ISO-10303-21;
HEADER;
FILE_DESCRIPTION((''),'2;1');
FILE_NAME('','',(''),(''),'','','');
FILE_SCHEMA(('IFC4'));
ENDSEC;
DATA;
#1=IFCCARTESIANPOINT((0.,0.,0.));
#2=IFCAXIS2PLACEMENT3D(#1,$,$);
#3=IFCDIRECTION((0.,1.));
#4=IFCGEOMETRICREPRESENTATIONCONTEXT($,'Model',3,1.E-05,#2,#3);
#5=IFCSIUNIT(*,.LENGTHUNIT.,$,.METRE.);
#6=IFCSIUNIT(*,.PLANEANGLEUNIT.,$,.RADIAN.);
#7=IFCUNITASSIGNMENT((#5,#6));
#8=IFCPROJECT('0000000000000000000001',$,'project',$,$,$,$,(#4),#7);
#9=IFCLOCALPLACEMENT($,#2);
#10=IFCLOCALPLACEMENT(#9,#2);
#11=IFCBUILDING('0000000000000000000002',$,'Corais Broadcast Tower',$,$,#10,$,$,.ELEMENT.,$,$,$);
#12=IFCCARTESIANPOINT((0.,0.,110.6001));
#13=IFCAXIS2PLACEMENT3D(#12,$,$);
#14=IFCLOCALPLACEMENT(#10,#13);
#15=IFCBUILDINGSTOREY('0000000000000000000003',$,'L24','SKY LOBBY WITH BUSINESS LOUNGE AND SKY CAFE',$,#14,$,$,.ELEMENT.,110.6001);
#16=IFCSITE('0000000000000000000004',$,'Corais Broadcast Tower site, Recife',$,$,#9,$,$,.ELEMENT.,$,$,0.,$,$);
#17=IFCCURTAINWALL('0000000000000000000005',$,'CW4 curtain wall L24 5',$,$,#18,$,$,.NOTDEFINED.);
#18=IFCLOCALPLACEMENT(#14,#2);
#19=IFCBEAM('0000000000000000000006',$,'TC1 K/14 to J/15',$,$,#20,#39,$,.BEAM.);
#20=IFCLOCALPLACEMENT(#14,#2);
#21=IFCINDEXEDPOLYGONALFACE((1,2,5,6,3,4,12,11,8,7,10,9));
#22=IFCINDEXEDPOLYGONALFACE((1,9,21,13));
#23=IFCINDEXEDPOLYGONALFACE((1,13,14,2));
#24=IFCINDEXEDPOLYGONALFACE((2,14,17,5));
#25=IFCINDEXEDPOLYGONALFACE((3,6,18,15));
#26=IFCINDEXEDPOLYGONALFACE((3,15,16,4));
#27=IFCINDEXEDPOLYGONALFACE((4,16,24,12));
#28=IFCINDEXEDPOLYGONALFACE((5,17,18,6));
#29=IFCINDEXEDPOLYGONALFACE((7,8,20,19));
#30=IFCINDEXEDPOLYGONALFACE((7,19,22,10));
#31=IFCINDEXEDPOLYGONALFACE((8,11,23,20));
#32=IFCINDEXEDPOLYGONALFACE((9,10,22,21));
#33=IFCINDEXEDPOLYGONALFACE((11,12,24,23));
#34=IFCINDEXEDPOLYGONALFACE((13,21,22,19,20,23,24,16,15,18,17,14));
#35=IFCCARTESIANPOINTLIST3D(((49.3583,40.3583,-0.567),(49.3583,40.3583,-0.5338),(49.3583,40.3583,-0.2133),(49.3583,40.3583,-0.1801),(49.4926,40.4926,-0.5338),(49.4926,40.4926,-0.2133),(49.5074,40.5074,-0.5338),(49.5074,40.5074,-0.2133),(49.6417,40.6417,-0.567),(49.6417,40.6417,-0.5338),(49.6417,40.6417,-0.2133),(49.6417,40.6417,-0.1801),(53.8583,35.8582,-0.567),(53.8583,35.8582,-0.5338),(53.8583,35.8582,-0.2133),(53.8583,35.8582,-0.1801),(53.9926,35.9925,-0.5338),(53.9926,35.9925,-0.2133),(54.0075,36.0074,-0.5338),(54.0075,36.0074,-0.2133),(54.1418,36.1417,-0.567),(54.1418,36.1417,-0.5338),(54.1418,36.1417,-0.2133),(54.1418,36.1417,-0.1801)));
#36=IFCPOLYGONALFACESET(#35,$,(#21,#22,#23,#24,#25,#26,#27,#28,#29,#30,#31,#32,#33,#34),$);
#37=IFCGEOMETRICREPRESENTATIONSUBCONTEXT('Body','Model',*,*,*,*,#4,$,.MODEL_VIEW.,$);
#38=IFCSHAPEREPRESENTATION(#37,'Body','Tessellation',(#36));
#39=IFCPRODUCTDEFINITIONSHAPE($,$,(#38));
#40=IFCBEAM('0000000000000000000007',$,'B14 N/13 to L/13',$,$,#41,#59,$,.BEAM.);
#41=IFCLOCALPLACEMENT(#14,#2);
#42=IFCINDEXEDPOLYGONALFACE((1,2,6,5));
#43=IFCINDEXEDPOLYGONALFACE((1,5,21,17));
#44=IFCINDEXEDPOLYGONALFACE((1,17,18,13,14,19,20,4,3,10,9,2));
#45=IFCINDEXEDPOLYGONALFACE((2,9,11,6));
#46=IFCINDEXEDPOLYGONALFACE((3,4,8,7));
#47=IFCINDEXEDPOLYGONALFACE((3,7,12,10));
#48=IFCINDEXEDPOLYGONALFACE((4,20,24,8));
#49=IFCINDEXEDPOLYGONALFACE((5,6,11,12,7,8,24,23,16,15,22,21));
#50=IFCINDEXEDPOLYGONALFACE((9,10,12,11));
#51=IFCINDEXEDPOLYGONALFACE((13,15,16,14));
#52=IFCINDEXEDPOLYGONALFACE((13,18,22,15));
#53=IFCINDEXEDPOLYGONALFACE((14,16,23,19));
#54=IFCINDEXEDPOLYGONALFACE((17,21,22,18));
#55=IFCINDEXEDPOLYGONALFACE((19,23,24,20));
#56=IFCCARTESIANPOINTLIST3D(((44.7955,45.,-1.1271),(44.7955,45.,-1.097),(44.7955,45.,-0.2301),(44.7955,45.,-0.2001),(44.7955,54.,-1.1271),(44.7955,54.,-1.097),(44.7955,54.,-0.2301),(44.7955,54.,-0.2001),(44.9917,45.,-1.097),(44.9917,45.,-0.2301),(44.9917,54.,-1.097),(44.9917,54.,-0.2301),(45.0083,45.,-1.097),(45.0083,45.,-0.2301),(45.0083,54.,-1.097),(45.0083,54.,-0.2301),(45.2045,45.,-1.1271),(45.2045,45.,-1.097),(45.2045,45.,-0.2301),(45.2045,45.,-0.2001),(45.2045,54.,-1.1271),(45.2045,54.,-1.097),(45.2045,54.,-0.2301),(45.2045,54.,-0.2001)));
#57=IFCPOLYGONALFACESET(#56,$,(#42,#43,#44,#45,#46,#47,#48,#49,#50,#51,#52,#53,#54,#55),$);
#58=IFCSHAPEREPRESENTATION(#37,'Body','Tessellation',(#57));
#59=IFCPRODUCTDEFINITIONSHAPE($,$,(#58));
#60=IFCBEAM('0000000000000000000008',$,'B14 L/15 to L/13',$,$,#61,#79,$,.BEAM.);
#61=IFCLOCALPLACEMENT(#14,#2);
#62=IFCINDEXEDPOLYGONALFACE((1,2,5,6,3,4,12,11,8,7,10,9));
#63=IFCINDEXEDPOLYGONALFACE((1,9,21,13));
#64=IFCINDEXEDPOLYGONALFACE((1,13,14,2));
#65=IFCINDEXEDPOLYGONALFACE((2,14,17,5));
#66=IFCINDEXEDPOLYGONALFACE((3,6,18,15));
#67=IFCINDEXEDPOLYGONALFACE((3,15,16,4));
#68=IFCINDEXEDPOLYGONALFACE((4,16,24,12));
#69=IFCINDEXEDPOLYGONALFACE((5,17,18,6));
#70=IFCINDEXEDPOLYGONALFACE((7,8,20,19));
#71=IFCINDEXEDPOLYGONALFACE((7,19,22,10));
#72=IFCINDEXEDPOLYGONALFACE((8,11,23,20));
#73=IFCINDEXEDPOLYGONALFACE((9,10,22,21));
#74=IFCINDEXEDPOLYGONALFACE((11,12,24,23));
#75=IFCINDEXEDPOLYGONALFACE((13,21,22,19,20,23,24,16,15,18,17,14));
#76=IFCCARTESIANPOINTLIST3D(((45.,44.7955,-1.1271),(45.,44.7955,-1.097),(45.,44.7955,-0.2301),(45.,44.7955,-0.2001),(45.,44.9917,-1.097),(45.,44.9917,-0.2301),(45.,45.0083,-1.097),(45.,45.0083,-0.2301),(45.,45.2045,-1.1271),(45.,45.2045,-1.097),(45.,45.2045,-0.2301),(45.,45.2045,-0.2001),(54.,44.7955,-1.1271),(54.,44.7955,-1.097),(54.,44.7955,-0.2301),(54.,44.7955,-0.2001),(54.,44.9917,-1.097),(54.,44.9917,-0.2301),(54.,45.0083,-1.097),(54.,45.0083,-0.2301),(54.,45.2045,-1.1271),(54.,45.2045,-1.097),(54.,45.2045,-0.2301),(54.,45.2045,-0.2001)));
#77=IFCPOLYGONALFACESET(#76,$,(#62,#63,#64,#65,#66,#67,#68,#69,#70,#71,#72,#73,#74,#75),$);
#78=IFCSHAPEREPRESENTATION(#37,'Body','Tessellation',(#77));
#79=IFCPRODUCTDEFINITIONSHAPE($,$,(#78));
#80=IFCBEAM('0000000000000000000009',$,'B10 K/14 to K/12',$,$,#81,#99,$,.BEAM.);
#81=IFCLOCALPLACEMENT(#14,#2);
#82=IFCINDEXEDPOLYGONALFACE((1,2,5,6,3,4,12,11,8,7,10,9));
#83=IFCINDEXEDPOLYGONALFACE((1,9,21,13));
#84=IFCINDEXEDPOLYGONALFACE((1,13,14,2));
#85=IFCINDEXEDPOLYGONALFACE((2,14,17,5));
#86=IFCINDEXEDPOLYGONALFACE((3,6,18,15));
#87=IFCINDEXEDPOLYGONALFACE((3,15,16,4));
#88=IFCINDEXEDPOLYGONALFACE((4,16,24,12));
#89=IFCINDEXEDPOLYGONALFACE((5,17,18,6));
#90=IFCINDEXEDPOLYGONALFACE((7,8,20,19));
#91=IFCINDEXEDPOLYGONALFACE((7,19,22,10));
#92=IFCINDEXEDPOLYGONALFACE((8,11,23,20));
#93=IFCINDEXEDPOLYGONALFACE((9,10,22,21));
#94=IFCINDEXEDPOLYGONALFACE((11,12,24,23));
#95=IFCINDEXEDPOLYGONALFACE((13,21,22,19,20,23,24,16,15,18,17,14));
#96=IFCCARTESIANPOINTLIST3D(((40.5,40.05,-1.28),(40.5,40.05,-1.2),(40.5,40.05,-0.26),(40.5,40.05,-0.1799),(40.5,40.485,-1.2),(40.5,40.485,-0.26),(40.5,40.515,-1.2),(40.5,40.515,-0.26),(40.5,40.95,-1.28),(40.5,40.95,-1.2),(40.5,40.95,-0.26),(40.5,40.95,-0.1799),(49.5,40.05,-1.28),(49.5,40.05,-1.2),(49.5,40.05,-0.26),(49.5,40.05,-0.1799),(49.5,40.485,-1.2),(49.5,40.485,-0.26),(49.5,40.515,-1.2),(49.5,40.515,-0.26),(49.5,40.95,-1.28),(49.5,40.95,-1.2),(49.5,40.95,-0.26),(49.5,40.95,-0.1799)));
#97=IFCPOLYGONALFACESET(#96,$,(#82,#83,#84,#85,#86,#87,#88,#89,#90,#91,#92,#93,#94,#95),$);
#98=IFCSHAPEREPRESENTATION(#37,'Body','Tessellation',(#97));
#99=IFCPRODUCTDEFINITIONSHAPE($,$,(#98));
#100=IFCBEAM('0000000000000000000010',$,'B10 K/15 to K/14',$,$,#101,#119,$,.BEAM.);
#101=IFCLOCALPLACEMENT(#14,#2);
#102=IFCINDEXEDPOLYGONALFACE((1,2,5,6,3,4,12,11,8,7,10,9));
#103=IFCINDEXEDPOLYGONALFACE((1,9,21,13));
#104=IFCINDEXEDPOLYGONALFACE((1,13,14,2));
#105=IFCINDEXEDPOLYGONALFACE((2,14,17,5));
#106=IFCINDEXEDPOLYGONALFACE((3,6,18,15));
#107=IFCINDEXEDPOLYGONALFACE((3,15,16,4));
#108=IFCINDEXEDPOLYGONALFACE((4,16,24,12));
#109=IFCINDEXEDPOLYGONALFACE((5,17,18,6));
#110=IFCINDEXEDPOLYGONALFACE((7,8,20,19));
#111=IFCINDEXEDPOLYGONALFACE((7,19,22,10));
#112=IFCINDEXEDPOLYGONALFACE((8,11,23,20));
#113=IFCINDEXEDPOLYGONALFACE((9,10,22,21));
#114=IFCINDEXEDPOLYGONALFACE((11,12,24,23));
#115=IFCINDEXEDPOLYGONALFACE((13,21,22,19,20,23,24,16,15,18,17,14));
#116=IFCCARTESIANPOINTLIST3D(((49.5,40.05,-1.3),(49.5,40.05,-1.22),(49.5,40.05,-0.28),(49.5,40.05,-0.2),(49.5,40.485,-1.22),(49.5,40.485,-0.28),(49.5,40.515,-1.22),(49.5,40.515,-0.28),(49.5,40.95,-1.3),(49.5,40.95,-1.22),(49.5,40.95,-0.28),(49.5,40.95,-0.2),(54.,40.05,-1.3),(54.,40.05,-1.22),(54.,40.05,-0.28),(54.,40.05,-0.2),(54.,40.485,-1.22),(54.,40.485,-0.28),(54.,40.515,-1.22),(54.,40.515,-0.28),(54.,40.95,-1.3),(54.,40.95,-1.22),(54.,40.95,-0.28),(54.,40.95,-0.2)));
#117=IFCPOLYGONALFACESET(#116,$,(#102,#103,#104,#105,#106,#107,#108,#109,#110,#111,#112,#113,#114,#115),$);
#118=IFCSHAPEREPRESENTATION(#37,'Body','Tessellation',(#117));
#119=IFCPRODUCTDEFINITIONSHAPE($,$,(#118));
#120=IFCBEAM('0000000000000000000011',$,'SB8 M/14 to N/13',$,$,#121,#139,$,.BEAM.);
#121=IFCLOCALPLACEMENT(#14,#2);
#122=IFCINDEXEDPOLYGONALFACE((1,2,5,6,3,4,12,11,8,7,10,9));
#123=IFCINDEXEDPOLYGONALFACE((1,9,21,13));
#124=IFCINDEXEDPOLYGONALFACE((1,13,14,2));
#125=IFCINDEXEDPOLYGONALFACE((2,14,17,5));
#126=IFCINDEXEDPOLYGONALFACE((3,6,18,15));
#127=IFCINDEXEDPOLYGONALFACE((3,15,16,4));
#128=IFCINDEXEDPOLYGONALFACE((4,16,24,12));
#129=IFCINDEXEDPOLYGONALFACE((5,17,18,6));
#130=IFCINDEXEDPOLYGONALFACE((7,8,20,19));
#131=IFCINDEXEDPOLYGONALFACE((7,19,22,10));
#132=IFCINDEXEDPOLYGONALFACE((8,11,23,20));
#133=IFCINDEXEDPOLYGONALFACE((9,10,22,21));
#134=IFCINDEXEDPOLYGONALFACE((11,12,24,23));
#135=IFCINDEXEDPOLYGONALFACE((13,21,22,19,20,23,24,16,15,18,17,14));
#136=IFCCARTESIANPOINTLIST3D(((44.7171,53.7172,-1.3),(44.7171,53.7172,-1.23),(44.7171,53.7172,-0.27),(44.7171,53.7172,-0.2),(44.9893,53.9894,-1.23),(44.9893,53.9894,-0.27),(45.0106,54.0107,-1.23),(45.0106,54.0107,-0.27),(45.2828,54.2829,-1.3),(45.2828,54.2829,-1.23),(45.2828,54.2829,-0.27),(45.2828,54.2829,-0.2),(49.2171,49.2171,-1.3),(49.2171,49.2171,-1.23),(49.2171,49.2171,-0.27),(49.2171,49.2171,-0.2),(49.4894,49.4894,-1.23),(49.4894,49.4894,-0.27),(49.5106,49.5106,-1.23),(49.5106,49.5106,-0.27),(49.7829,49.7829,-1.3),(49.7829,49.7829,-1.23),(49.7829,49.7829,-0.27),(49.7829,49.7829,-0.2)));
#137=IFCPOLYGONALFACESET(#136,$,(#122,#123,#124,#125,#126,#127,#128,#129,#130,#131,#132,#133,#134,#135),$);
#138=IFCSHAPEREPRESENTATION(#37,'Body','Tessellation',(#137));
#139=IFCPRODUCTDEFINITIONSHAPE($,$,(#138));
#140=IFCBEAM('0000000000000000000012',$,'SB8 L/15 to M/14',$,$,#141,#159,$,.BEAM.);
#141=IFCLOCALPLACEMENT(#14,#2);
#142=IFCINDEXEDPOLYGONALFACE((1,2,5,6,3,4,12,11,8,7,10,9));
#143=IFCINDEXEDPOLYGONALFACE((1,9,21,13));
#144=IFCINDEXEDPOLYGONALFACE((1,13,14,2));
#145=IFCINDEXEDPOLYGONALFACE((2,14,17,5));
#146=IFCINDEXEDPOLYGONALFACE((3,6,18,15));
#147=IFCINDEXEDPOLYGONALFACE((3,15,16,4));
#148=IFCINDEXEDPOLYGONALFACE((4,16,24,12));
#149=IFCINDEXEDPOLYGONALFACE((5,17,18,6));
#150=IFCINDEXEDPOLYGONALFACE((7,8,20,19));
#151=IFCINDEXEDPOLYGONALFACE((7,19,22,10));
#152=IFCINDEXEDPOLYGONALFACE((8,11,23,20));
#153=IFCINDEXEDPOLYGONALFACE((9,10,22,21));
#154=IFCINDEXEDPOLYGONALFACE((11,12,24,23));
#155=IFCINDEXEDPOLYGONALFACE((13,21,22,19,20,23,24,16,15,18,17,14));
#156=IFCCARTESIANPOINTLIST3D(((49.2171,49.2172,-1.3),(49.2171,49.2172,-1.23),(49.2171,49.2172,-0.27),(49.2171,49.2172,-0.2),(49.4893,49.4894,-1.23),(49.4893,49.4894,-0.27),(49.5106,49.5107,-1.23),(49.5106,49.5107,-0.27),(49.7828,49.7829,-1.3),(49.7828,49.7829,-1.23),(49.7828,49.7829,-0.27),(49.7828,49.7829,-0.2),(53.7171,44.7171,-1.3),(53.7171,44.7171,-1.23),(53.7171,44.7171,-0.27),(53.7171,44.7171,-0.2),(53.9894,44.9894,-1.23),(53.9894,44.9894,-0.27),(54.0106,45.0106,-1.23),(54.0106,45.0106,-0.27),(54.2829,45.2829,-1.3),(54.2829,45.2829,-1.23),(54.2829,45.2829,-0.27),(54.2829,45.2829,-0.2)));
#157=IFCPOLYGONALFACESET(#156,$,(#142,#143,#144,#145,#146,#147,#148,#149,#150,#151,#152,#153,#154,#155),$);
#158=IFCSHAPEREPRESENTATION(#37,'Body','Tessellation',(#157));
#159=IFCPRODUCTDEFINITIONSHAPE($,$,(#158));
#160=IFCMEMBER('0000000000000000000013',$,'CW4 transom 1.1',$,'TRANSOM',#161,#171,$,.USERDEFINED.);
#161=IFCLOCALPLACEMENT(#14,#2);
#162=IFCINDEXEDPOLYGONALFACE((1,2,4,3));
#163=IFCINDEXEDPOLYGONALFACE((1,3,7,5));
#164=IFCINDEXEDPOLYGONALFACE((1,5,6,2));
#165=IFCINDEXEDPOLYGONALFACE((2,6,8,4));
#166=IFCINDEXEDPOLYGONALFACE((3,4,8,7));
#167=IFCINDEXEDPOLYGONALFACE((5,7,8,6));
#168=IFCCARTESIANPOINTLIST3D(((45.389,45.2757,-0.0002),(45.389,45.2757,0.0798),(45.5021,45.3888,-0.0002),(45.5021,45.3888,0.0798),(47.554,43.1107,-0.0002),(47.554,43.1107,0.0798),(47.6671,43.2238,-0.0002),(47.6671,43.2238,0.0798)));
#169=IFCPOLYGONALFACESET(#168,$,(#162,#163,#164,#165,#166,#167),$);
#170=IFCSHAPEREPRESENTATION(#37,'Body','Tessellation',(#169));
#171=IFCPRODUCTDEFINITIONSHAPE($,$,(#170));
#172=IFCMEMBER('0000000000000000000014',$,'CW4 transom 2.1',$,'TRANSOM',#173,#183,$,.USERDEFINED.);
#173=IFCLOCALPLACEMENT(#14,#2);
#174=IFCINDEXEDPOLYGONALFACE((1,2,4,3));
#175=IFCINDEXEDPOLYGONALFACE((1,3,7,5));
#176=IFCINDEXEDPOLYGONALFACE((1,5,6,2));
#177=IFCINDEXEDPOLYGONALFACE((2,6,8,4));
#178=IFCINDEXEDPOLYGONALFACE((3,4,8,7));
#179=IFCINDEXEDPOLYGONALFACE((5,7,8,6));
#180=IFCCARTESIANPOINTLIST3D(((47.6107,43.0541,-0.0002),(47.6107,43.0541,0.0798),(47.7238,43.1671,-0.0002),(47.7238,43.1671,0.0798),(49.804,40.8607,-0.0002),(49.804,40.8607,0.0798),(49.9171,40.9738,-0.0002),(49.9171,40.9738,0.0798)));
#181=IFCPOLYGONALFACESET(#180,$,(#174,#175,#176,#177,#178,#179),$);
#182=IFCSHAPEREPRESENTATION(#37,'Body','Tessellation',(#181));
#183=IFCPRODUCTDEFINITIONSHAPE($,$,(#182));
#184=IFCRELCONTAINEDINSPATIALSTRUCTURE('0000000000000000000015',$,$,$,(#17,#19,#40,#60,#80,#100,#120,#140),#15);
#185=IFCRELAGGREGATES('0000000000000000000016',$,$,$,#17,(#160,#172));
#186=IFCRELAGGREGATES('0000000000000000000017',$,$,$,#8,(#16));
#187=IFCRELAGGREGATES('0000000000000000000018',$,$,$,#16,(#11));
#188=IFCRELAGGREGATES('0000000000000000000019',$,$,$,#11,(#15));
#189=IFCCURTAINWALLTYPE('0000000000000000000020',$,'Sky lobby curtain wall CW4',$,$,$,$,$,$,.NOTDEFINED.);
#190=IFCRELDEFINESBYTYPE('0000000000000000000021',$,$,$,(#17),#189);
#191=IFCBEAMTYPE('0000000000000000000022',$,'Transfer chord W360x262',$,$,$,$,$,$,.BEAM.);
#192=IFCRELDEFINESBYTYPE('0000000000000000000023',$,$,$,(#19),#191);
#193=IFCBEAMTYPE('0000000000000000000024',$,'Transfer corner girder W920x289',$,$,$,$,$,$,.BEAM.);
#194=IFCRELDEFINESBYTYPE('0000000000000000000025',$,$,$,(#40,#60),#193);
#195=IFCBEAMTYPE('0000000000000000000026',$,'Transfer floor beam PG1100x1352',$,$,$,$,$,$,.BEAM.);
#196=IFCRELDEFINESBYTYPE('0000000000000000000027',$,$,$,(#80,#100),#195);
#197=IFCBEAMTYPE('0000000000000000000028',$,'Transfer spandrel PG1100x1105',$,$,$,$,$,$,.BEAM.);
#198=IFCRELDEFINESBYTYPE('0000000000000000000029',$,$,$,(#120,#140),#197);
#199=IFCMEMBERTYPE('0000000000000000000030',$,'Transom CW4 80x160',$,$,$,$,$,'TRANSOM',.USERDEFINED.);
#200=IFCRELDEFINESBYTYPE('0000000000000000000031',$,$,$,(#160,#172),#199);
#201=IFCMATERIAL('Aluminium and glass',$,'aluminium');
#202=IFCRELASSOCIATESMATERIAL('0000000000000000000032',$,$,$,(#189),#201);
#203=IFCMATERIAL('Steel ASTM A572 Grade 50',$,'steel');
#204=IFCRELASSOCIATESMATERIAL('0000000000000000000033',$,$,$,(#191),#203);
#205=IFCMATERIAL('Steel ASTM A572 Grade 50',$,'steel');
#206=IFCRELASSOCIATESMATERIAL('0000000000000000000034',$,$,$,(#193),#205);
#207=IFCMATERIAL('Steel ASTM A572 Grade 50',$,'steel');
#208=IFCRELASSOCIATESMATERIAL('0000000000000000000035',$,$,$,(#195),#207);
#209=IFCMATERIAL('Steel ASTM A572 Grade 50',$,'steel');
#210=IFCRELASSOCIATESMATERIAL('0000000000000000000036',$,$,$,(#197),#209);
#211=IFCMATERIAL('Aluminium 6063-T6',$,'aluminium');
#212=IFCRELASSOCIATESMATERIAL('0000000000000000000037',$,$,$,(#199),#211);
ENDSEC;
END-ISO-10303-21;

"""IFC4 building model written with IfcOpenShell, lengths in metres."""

from ifc_helpers import new_model, si_unit, direction, frame, origin, origin_2d, place, context, subcontext, project, spatial, rectangle, i_section, extrude, material, material_profile, profile_set, type_object, element, aggregate, save


model = new_model("IFC4")

# Units and contexts
model_context = context("Model", 3, precision=1e-05, world=origin(), true_north=direction((0.0, 1.0)))
body_context = subcontext(model_context, "Body", "Model", "MODEL_VIEW")
ifc_project = project(units=[si_unit("LENGTHUNIT", "METRE"), si_unit("PLANEANGLEUNIT", "RADIAN")], contexts=[model_context])

# Site, building, storey
site_placement = place(None, origin())
site = spatial("IfcSite", under=ifc_project, at=site_placement, Name="Corais Broadcast Tower site, Recife", CompositionType="ELEMENT", RefElevation=0.0)
building_placement = place(site_placement, origin())
building = spatial("IfcBuilding", under=site, at=building_placement, Name="Corais Broadcast Tower", CompositionType="ELEMENT")
storey_placement = place(building_placement, frame((0.0, 0.0, 110.6001)))
storey = spatial("IfcBuildingStorey", under=building, at=storey_placement, Name="L24", Description="SKY LOBBY WITH BUSINESS LOUNGE AND SKY CAFE", CompositionType="ELEMENT", Elevation=110.6001)

# Shared definitions
ifc_material_1 = material(Name="Aluminium and glass", Category="aluminium")
curtain_wall_type = type_object("IfcCurtainWallType", Name="Sky lobby curtain wall CW4", PredefinedType="NOTDEFINED", material=ifc_material_1)

# Curtain wall
curtain_wall_1_placement = place(storey_placement, origin())
curtain_wall_1 = element("IfcCurtainWall", 1, at=curtain_wall_1_placement, inside=storey, type_object=curtain_wall_type, Name="CW4 curtain wall L24 5", PredefinedType="NOTDEFINED")

# Beams
ifc_material_2 = material(Name="Steel ASTM A572 Grade 50", Category="steel")
ifc_material_profile_1 = material_profile(ifc_material_2, i_section(OverallWidth=0.4009, OverallDepth=0.387, WebThickness=0.021, FlangeThickness=0.0332, at=origin_2d()), Name="W360x262")
ifc_profile_set_1 = profile_set([ifc_material_profile_1], Name="Steel ASTM A572 Grade 50")
beam_type_1 = type_object("IfcBeamType", Name="Transfer chord W360x262", PredefinedType="BEAM", material=ifc_profile_set_1)
for number, where, z_axis, x_axis, name in (
    (2, (49.5, 40.5, -0.3735), (0.707107, -0.707107, 0.0), (0.707107, 0.707107, 0.0), "TC1 K/14 to J/15"),
):
    element("IfcBeam", number, at=place(storey_placement, frame(where, z_axis=z_axis, x_axis=x_axis)), inside=storey, type_object=beam_type_1, Name=name, PredefinedType="BEAM", context=body_context, shape_type="SweptSolid", body=[
        extrude(i_section(OverallWidth=0.4009, OverallDepth=0.387, WebThickness=0.021, FlangeThickness=0.0332, at=origin_2d()), origin(), (0.0, 0.0, 1.0), 6.364),
    ])
ifc_material_3 = material(Name="Steel ASTM A572 Grade 50", Category="steel")
ifc_material_profile_2 = material_profile(ifc_material_3, i_section(OverallWidth=0.4089, OverallDepth=0.927, WebThickness=0.0166, FlangeThickness=0.03, at=origin_2d()), Name="W920x289")
ifc_profile_set_2 = profile_set([ifc_material_profile_2], Name="Steel ASTM A572 Grade 50")
beam_type_2 = type_object("IfcBeamType", Name="Transfer corner girder W920x289", PredefinedType="BEAM", material=ifc_profile_set_2)
for number, where, z_axis, x_axis, name in (
    (3, (45.0, 54.0, -0.6636), (0.0, -1.0, 0.0), (1.0, 0.0, 0.0), "B14 N/13 to L/13"),
    (4, (54.0, 45.0, -0.6636), (-1.0, 0.0, 0.0), (0.0, -1.0, 0.0), "B14 L/15 to L/13"),
):
    element("IfcBeam", number, at=place(storey_placement, frame(where, z_axis=z_axis, x_axis=x_axis)), inside=storey, type_object=beam_type_2, Name=name, PredefinedType="BEAM", context=body_context, shape_type="SweptSolid", body=[
        extrude(i_section(OverallWidth=0.4089, OverallDepth=0.927, WebThickness=0.0166, FlangeThickness=0.03, at=origin_2d()), origin(), (0.0, 0.0, 1.0), 9.0),
    ])
ifc_material_4 = material(Name="Steel ASTM A572 Grade 50", Category="steel")
ifc_material_profile_3 = material_profile(ifc_material_4, i_section(OverallWidth=0.8999, OverallDepth=1.1001, WebThickness=0.03, FlangeThickness=0.0801, at=origin_2d()), Name="PG1100x1352")
ifc_profile_set_3 = profile_set([ifc_material_profile_3], Name="Steel ASTM A572 Grade 50")
beam_type_3 = type_object("IfcBeamType", Name="Transfer floor beam PG1100x1352", PredefinedType="BEAM", material=ifc_profile_set_3)
beam_1_placement = place(storey_placement, frame((49.5, 40.5, -0.73), z_axis=(-1.0, 0.0, 0.0), x_axis=(0.0, -1.0, 0.0)))
element("IfcBeam", 5, at=beam_1_placement, inside=storey, type_object=beam_type_3, Name="B10 K/14 to K/12", PredefinedType="BEAM", context=body_context, shape_type="SweptSolid", body=[
    extrude(i_section(OverallWidth=0.8999, OverallDepth=1.1001, WebThickness=0.03, FlangeThickness=0.0801, at=origin_2d()), origin(), (0.0, 0.0, 1.0), 9.0),
])
beam_2_placement = place(storey_placement, frame((54.0, 40.5, -0.75), z_axis=(-1.0, 0.0, 0.0), x_axis=(0.0, -1.0, 0.0)))
element("IfcBeam", 6, at=beam_2_placement, inside=storey, type_object=beam_type_3, Name="B10 K/15 to K/14", PredefinedType="BEAM", context=body_context, shape_type="SweptSolid", body=[
    extrude(i_section(OverallWidth=0.8999, OverallDepth=1.1001, WebThickness=0.03, FlangeThickness=0.0801, at=origin_2d()), origin(), (0.0, 0.0, 1.0), 4.5),
])
ifc_material_5 = material(Name="Steel ASTM A572 Grade 50", Category="steel")
ifc_material_profile_4 = material_profile(ifc_material_5, i_section(OverallWidth=0.8, OverallDepth=1.1001, WebThickness=0.03, FlangeThickness=0.0701, at=origin_2d()), Name="PG1100x1105")
ifc_profile_set_4 = profile_set([ifc_material_profile_4], Name="Steel ASTM A572 Grade 50")
beam_type_4 = type_object("IfcBeamType", Name="Transfer spandrel PG1100x1105", PredefinedType="BEAM", material=ifc_profile_set_4)
for number, where, z_axis, x_axis, name in (
    (7, (49.5, 49.5, -0.75), (-0.707107, 0.707107, 0.0), (-0.707107, -0.707107, 0.0), "SB8 M/14 to N/13"),
    (8, (54.0, 45.0, -0.75), (-0.707107, 0.707107, 0.0), (-0.707107, -0.707107, 0.0), "SB8 L/15 to M/14"),
):
    element("IfcBeam", number, at=place(storey_placement, frame(where, z_axis=z_axis, x_axis=x_axis)), inside=storey, type_object=beam_type_4, Name=name, PredefinedType="BEAM", context=body_context, shape_type="SweptSolid", body=[
        extrude(i_section(OverallWidth=0.8, OverallDepth=1.1001, WebThickness=0.03, FlangeThickness=0.0701, at=origin_2d()), origin(), (0.0, 0.0, 1.0), 6.364),
    ])

# Members
ifc_material_6 = material(Name="Aluminium 6063-T6", Category="aluminium")
ifc_material_profile_5 = material_profile(ifc_material_6, rectangle(XDim=0.1599, YDim=0.0801, at=origin_2d()), Name="Transom CW4 80x160")
ifc_profile_set_5 = profile_set([ifc_material_profile_5], Name="Aluminium 6063-T6")
member_type_1 = type_object("IfcMemberType", Name="Transom CW4 80x160", ElementType="TRANSOM", PredefinedType="USERDEFINED", material=ifc_profile_set_5)
member_1_placement = place(storey_placement, frame((45.4456, 45.3323, 0.0398), z_axis=(0.707107, -0.707107, 0.0), x_axis=(0.707107, 0.707107, 0.0)))
member_1 = element("IfcMember", 9, at=member_1_placement, type_object=member_type_1, Name="CW4 transom 1.1", ObjectType="TRANSOM", PredefinedType="USERDEFINED", context=body_context, shape_type="SweptSolid", body=[
    extrude(rectangle(XDim=0.1599, YDim=0.0801, at=origin_2d()), origin(), (0.0, 0.0, 1.0), 3.0618),
])
member_2_placement = place(storey_placement, frame((47.6672, 43.1106, 0.0398), z_axis=(0.707107, -0.707107, 0.0), x_axis=(0.707107, 0.707107, 0.0)))
member_2 = element("IfcMember", 10, at=member_2_placement, type_object=member_type_1, Name="CW4 transom 2.1", ObjectType="TRANSOM", PredefinedType="USERDEFINED", context=body_context, shape_type="SweptSolid", body=[
    extrude(rectangle(XDim=0.1599, YDim=0.0801, at=origin_2d()), origin(), (0.0, 0.0, 1.0), 3.1018),
])

aggregate(curtain_wall_1, [member_1, member_2])

save(model, "model.ifc")
